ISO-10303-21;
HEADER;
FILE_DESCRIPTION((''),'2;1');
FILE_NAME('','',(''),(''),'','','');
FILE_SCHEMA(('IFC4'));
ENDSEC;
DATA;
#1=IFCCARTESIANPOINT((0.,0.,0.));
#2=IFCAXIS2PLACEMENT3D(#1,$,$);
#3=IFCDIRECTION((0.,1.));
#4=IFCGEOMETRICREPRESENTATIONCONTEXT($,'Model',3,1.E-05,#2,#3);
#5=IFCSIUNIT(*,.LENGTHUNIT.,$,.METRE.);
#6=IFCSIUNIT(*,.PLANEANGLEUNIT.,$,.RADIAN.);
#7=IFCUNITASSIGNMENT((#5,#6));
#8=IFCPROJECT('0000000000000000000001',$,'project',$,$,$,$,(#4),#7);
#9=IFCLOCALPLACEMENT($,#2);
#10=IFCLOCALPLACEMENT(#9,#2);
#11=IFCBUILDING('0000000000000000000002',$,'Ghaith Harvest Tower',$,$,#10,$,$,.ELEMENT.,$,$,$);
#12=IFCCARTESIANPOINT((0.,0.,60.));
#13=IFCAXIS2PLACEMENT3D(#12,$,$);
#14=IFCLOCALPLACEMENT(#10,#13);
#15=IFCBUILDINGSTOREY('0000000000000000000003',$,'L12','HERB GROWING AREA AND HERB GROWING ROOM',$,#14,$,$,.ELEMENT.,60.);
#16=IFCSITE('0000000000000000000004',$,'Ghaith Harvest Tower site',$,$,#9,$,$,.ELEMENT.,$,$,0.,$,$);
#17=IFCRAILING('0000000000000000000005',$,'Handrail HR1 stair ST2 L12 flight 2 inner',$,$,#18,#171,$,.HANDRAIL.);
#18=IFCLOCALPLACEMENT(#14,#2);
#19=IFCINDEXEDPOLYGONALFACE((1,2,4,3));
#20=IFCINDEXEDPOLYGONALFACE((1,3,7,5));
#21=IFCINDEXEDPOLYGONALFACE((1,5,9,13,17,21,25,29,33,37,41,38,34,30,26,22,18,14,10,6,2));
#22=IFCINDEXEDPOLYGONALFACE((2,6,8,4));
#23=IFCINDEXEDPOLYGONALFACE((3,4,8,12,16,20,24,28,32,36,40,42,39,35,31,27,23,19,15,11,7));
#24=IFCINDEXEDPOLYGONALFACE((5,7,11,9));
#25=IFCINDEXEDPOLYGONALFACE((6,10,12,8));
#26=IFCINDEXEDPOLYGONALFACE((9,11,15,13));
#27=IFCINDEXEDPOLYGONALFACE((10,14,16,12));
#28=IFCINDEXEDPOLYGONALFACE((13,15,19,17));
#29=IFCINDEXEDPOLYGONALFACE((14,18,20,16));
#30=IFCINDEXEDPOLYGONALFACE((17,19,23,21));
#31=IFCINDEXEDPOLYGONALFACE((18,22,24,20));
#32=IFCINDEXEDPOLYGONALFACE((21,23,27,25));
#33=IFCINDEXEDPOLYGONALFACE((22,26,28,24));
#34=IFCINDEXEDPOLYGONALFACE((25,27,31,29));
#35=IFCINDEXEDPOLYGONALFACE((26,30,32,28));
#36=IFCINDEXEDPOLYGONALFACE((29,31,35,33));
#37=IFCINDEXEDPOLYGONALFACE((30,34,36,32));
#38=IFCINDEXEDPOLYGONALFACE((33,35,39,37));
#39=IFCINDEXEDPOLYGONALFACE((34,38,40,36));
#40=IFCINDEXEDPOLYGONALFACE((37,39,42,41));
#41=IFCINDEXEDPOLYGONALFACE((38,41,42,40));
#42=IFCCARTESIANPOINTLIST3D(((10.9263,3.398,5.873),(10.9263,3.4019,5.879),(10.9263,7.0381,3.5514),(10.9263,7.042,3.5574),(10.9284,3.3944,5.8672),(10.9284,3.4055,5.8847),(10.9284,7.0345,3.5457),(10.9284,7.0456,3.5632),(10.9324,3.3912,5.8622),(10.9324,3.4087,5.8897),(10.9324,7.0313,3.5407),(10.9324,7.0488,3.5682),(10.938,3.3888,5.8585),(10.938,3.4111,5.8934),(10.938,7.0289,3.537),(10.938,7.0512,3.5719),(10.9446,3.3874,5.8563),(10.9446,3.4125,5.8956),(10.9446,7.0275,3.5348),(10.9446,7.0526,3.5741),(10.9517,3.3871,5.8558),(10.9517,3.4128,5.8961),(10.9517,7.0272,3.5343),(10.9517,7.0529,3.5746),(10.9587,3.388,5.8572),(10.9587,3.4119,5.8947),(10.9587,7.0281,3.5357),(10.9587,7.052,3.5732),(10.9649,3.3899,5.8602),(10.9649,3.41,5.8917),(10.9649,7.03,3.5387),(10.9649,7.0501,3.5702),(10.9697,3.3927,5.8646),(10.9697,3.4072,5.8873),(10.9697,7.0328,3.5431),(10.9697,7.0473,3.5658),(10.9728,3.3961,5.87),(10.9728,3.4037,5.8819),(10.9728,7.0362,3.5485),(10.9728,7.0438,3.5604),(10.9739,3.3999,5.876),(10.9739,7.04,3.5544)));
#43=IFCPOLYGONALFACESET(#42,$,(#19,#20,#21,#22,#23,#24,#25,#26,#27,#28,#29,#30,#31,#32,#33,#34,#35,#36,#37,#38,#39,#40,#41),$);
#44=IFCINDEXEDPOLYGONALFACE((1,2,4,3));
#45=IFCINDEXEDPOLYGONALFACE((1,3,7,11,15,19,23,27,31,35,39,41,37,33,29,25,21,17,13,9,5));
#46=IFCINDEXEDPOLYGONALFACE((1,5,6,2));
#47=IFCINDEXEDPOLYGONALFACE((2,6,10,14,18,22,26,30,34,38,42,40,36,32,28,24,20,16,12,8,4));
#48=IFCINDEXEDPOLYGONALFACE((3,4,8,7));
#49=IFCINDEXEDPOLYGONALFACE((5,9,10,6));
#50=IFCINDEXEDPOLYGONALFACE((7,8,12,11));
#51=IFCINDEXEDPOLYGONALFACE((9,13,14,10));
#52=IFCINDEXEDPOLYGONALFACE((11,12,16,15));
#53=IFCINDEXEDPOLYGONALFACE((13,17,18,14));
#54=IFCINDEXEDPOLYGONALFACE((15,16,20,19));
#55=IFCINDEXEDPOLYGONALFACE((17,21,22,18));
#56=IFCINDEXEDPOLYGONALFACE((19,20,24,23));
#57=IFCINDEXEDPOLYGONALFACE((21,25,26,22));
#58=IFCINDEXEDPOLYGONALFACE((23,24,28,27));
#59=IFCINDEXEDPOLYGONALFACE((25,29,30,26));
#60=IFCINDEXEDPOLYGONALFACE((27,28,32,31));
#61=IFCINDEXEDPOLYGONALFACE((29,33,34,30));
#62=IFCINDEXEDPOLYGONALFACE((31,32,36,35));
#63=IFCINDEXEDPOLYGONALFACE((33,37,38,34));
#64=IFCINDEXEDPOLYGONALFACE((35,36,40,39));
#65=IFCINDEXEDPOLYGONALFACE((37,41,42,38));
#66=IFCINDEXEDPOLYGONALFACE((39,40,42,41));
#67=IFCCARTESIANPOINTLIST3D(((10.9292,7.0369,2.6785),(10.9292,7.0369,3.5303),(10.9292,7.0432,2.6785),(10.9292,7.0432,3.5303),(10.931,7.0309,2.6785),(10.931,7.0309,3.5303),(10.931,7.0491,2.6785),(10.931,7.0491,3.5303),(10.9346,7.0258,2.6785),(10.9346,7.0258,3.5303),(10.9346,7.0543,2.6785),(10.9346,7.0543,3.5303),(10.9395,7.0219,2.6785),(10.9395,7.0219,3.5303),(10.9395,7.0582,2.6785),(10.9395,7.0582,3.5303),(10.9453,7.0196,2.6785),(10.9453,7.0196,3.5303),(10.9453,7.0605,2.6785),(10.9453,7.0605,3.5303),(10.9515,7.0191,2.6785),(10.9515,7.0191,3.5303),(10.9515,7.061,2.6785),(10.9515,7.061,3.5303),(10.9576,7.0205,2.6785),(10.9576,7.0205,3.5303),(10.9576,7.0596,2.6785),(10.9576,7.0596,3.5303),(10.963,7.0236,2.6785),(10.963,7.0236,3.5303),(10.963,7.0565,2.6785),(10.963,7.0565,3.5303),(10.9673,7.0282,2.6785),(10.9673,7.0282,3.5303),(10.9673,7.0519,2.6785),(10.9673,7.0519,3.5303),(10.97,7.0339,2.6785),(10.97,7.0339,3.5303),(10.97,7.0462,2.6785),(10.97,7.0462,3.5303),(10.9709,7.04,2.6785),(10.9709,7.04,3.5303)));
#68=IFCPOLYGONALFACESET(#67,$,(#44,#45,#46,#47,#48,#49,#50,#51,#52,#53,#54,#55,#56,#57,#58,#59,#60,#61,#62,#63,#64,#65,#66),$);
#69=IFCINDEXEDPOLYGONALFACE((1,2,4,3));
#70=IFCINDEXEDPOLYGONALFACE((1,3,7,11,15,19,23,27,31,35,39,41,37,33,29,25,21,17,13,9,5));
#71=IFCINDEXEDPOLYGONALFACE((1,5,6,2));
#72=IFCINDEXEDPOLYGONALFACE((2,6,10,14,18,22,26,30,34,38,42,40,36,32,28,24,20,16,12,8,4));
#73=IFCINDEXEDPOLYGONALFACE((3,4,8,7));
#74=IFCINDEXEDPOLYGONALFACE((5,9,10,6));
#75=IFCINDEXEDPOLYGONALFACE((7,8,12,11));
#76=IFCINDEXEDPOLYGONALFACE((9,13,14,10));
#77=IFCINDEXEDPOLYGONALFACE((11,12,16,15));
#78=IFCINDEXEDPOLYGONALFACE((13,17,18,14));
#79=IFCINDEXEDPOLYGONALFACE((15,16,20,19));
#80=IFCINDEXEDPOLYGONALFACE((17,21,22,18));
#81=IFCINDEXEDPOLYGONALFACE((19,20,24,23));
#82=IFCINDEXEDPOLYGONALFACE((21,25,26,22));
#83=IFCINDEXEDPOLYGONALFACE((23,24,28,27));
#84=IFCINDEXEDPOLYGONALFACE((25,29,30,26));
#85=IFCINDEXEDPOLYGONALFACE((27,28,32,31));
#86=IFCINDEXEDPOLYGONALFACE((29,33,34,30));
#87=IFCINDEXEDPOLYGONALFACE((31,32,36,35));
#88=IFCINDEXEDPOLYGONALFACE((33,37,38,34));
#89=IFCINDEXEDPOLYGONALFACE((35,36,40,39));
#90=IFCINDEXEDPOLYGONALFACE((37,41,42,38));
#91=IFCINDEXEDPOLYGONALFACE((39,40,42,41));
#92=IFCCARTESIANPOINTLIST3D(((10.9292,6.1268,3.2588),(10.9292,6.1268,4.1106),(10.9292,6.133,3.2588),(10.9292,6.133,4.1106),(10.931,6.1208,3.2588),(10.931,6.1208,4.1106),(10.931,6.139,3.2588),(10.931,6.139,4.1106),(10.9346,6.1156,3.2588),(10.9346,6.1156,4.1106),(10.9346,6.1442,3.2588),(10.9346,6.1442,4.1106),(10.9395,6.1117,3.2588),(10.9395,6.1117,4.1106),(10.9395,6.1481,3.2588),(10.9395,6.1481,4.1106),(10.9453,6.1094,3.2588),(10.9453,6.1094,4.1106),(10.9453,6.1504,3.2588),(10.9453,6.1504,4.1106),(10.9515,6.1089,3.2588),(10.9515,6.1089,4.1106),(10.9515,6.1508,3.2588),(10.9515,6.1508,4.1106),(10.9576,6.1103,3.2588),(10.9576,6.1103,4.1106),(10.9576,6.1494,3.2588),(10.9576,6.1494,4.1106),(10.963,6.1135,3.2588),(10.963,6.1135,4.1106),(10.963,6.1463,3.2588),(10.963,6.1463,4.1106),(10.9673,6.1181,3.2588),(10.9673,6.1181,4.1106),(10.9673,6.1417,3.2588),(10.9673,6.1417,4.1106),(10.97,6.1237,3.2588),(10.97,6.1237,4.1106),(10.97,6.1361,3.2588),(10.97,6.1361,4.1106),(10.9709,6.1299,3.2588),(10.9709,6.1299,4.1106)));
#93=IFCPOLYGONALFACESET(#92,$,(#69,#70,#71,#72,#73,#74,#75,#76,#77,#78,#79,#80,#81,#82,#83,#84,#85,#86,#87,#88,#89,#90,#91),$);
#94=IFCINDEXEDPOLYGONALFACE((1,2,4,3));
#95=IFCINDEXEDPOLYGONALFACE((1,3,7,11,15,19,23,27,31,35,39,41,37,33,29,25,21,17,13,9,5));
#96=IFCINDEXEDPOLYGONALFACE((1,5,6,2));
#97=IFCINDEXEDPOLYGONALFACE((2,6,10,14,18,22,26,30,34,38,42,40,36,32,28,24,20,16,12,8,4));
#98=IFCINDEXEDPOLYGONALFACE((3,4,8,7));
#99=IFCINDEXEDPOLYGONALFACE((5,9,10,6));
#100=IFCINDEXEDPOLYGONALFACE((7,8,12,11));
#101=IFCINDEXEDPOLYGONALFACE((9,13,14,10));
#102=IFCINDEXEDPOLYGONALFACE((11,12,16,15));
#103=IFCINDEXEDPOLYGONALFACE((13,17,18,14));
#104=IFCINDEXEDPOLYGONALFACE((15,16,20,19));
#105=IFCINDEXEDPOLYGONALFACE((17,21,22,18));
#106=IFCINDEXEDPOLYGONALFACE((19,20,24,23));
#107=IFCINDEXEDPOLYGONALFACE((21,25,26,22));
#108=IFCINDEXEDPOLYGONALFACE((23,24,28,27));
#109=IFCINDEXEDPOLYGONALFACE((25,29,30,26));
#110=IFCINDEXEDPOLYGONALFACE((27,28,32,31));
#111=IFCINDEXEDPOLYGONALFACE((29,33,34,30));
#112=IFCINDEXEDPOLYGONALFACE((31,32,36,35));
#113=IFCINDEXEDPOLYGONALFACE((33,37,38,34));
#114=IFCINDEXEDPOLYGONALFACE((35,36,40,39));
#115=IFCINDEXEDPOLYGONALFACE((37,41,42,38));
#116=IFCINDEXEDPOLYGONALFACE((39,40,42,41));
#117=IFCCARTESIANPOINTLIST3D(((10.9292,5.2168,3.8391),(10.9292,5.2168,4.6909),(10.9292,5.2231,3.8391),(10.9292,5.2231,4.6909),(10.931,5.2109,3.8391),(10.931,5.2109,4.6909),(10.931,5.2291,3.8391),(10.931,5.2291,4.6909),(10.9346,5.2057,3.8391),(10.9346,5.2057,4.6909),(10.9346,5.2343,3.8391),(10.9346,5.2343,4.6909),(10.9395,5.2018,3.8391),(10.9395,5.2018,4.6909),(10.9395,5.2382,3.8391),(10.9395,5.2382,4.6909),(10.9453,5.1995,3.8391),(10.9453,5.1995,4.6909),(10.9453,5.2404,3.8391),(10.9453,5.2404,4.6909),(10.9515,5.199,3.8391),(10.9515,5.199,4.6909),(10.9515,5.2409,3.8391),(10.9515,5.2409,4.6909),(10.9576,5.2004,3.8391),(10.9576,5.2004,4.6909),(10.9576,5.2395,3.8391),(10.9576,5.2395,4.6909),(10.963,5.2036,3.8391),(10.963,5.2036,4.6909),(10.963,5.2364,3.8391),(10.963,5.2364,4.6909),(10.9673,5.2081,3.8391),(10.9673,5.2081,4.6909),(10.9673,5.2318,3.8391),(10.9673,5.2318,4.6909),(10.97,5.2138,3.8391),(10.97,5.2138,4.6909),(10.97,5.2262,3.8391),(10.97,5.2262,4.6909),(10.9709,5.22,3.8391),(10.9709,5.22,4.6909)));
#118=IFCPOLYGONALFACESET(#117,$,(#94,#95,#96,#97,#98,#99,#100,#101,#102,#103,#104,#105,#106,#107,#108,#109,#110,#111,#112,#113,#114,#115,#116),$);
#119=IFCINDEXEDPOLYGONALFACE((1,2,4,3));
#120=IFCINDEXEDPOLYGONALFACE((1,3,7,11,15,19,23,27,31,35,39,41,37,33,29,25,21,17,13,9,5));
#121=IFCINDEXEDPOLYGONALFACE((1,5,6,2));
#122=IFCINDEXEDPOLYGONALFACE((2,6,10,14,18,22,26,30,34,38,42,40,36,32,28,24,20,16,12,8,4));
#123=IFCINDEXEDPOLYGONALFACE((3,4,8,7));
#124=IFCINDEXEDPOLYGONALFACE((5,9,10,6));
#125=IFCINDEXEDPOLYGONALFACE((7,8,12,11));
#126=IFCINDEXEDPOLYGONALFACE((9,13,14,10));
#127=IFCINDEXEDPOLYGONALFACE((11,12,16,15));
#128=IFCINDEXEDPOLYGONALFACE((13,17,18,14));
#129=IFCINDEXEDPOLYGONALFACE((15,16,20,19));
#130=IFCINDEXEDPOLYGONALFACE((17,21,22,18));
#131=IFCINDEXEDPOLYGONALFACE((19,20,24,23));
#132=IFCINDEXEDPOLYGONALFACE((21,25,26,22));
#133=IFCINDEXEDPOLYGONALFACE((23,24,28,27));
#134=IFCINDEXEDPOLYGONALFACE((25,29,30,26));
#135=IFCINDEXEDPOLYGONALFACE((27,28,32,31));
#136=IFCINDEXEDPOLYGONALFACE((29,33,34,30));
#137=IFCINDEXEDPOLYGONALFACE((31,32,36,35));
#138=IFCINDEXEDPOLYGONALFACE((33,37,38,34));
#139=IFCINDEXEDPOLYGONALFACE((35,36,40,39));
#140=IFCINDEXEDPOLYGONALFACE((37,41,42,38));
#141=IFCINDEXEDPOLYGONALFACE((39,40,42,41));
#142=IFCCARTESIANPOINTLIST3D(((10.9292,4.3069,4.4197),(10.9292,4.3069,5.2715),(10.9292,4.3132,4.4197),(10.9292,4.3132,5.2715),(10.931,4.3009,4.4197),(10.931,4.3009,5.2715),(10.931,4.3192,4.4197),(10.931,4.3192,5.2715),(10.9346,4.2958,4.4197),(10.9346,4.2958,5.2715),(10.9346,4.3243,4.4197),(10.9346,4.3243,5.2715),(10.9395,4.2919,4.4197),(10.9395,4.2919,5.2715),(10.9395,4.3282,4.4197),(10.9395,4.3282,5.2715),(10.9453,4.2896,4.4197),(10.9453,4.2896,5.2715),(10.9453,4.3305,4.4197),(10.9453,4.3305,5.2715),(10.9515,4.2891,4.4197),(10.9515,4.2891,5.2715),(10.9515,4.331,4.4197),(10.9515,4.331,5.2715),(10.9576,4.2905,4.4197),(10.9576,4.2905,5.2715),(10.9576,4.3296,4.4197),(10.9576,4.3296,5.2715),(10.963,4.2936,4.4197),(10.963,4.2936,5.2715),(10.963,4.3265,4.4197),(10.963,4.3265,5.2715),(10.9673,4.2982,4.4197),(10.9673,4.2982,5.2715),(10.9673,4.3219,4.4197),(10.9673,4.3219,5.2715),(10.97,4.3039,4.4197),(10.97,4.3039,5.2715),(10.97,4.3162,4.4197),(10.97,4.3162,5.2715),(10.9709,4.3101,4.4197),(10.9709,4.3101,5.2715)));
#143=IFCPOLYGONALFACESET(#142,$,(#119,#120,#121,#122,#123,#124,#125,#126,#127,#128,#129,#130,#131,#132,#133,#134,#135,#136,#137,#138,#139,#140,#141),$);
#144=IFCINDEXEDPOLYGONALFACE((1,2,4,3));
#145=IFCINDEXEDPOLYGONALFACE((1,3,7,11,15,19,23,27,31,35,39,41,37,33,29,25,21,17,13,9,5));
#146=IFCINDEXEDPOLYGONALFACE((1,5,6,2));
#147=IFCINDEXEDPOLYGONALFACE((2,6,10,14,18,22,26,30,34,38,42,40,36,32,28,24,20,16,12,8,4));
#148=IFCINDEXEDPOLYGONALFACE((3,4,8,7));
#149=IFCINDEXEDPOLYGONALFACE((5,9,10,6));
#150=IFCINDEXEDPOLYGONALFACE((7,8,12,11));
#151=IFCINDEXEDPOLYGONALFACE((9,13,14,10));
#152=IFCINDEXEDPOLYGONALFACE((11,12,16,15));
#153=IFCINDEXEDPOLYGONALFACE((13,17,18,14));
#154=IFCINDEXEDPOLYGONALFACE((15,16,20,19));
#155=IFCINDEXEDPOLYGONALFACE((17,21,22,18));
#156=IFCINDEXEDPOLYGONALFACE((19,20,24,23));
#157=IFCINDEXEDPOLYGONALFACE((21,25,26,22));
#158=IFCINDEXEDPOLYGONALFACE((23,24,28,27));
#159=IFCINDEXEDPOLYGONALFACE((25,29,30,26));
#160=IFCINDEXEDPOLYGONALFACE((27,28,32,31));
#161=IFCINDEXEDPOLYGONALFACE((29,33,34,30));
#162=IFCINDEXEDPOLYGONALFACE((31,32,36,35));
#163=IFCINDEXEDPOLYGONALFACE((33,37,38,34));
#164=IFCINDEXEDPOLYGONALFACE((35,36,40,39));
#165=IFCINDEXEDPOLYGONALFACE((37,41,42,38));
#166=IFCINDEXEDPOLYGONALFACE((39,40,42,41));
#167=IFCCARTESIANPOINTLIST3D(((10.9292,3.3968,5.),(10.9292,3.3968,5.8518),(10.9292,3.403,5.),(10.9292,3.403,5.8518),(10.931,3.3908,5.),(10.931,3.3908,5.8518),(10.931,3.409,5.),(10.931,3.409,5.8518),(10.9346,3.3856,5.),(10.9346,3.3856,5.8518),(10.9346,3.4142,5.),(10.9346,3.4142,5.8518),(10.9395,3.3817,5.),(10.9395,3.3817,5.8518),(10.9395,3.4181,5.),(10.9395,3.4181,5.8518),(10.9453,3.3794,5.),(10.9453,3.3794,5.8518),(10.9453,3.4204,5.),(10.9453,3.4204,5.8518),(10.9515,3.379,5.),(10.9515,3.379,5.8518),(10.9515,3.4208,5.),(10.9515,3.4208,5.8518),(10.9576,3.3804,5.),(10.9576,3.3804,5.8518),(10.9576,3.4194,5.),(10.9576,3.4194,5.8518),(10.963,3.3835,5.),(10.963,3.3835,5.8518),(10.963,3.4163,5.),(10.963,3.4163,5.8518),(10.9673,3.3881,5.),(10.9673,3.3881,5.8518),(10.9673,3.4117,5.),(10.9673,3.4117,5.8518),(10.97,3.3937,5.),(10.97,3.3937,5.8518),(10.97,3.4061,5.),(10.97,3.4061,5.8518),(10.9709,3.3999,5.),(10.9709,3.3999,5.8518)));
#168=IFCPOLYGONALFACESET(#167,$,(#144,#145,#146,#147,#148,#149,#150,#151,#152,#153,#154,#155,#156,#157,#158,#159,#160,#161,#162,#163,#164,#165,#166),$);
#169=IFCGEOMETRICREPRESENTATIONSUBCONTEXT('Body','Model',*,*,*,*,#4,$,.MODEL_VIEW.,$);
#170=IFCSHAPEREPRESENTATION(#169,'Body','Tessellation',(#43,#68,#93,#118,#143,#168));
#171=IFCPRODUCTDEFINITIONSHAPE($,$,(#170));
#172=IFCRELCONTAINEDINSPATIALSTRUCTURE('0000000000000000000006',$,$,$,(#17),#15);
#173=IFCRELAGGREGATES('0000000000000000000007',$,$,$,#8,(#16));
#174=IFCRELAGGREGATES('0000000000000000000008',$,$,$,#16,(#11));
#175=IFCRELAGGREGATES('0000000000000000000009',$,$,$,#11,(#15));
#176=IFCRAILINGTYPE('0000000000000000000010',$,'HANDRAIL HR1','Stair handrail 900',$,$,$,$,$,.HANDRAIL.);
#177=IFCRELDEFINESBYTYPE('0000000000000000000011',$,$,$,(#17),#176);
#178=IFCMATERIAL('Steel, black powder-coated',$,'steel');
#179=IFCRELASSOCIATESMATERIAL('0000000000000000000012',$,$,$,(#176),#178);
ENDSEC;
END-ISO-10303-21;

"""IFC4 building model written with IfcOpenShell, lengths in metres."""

from ifc_helpers import new_model, si_unit, direction, frame, origin, origin_2d, place, context, subcontext, project, spatial, circle, extrude, material, type_object, element, save


model = new_model("IFC4")

# Units and contexts
model_context = context("Model", 3, precision=1e-05, world=origin(), true_north=direction((0.0, 1.0)))
body_context = subcontext(model_context, "Body", "Model", "MODEL_VIEW")
ifc_project = project(units=[si_unit("LENGTHUNIT", "METRE"), si_unit("PLANEANGLEUNIT", "RADIAN")], contexts=[model_context])

# Site, building, storey
site_placement = place(None, origin())
site = spatial("IfcSite", under=ifc_project, at=site_placement, Name="Ghaith Harvest Tower site", CompositionType="ELEMENT", RefElevation=0.0)
building_placement = place(site_placement, origin())
building = spatial("IfcBuilding", under=site, at=building_placement, Name="Ghaith Harvest Tower", CompositionType="ELEMENT")
storey_placement = place(building_placement, frame((0.0, 0.0, 60.0)))
storey = spatial("IfcBuildingStorey", under=building, at=storey_placement, Name="L12", Description="HERB GROWING AREA AND HERB GROWING ROOM", CompositionType="ELEMENT", Elevation=60.0)

# Railing
ifc_material_1 = material(Name="Steel, black powder-coated", Category="steel")
railing_type = type_object("IfcRailingType", Name="HANDRAIL HR1", Description="Stair handrail 900", PredefinedType="HANDRAIL", material=ifc_material_1)
railing_1_placement = place(storey_placement, frame((10.95, 7.04, 2.6785)))
element("IfcRailing", 1, at=railing_1_placement, inside=storey, type_object=railing_type, Name="Handrail HR1 stair ST2 L12 flight 2 inner", PredefinedType="HANDRAIL", context=body_context, shape_type="SweptSolid", body=[
    extrude(circle(Radius=0.0239, at=origin_2d()), frame((0.0, 0.0, 0.876), z_axis=(0.0, -0.843128, 0.537713), x_axis=(1.0, 0.0, 0.0)), (0.0, 0.0, 1.0), 4.3174),
    extrude(circle(Radius=0.021, at=origin_2d()), origin(), (0.0, 0.0, 1.0), 0.8518),
    extrude(circle(Radius=0.021, at=origin_2d()), frame((0.0, -0.9102, 0.5803)), (0.0, 0.0, 1.0), 0.8518),
    extrude(circle(Radius=0.021, at=origin_2d()), frame((0.0, -1.8201, 1.1606)), (0.0, 0.0, 1.0), 0.8518),
    extrude(circle(Radius=0.021, at=origin_2d()), frame((0.0, -2.73, 1.7412)), (0.0, 0.0, 1.0), 0.8518),
    extrude(circle(Radius=0.021, at=origin_2d()), frame((0.0, -3.6401, 2.3215)), (0.0, 0.0, 1.0), 0.8518),
])

save(model, "model.ifc")
